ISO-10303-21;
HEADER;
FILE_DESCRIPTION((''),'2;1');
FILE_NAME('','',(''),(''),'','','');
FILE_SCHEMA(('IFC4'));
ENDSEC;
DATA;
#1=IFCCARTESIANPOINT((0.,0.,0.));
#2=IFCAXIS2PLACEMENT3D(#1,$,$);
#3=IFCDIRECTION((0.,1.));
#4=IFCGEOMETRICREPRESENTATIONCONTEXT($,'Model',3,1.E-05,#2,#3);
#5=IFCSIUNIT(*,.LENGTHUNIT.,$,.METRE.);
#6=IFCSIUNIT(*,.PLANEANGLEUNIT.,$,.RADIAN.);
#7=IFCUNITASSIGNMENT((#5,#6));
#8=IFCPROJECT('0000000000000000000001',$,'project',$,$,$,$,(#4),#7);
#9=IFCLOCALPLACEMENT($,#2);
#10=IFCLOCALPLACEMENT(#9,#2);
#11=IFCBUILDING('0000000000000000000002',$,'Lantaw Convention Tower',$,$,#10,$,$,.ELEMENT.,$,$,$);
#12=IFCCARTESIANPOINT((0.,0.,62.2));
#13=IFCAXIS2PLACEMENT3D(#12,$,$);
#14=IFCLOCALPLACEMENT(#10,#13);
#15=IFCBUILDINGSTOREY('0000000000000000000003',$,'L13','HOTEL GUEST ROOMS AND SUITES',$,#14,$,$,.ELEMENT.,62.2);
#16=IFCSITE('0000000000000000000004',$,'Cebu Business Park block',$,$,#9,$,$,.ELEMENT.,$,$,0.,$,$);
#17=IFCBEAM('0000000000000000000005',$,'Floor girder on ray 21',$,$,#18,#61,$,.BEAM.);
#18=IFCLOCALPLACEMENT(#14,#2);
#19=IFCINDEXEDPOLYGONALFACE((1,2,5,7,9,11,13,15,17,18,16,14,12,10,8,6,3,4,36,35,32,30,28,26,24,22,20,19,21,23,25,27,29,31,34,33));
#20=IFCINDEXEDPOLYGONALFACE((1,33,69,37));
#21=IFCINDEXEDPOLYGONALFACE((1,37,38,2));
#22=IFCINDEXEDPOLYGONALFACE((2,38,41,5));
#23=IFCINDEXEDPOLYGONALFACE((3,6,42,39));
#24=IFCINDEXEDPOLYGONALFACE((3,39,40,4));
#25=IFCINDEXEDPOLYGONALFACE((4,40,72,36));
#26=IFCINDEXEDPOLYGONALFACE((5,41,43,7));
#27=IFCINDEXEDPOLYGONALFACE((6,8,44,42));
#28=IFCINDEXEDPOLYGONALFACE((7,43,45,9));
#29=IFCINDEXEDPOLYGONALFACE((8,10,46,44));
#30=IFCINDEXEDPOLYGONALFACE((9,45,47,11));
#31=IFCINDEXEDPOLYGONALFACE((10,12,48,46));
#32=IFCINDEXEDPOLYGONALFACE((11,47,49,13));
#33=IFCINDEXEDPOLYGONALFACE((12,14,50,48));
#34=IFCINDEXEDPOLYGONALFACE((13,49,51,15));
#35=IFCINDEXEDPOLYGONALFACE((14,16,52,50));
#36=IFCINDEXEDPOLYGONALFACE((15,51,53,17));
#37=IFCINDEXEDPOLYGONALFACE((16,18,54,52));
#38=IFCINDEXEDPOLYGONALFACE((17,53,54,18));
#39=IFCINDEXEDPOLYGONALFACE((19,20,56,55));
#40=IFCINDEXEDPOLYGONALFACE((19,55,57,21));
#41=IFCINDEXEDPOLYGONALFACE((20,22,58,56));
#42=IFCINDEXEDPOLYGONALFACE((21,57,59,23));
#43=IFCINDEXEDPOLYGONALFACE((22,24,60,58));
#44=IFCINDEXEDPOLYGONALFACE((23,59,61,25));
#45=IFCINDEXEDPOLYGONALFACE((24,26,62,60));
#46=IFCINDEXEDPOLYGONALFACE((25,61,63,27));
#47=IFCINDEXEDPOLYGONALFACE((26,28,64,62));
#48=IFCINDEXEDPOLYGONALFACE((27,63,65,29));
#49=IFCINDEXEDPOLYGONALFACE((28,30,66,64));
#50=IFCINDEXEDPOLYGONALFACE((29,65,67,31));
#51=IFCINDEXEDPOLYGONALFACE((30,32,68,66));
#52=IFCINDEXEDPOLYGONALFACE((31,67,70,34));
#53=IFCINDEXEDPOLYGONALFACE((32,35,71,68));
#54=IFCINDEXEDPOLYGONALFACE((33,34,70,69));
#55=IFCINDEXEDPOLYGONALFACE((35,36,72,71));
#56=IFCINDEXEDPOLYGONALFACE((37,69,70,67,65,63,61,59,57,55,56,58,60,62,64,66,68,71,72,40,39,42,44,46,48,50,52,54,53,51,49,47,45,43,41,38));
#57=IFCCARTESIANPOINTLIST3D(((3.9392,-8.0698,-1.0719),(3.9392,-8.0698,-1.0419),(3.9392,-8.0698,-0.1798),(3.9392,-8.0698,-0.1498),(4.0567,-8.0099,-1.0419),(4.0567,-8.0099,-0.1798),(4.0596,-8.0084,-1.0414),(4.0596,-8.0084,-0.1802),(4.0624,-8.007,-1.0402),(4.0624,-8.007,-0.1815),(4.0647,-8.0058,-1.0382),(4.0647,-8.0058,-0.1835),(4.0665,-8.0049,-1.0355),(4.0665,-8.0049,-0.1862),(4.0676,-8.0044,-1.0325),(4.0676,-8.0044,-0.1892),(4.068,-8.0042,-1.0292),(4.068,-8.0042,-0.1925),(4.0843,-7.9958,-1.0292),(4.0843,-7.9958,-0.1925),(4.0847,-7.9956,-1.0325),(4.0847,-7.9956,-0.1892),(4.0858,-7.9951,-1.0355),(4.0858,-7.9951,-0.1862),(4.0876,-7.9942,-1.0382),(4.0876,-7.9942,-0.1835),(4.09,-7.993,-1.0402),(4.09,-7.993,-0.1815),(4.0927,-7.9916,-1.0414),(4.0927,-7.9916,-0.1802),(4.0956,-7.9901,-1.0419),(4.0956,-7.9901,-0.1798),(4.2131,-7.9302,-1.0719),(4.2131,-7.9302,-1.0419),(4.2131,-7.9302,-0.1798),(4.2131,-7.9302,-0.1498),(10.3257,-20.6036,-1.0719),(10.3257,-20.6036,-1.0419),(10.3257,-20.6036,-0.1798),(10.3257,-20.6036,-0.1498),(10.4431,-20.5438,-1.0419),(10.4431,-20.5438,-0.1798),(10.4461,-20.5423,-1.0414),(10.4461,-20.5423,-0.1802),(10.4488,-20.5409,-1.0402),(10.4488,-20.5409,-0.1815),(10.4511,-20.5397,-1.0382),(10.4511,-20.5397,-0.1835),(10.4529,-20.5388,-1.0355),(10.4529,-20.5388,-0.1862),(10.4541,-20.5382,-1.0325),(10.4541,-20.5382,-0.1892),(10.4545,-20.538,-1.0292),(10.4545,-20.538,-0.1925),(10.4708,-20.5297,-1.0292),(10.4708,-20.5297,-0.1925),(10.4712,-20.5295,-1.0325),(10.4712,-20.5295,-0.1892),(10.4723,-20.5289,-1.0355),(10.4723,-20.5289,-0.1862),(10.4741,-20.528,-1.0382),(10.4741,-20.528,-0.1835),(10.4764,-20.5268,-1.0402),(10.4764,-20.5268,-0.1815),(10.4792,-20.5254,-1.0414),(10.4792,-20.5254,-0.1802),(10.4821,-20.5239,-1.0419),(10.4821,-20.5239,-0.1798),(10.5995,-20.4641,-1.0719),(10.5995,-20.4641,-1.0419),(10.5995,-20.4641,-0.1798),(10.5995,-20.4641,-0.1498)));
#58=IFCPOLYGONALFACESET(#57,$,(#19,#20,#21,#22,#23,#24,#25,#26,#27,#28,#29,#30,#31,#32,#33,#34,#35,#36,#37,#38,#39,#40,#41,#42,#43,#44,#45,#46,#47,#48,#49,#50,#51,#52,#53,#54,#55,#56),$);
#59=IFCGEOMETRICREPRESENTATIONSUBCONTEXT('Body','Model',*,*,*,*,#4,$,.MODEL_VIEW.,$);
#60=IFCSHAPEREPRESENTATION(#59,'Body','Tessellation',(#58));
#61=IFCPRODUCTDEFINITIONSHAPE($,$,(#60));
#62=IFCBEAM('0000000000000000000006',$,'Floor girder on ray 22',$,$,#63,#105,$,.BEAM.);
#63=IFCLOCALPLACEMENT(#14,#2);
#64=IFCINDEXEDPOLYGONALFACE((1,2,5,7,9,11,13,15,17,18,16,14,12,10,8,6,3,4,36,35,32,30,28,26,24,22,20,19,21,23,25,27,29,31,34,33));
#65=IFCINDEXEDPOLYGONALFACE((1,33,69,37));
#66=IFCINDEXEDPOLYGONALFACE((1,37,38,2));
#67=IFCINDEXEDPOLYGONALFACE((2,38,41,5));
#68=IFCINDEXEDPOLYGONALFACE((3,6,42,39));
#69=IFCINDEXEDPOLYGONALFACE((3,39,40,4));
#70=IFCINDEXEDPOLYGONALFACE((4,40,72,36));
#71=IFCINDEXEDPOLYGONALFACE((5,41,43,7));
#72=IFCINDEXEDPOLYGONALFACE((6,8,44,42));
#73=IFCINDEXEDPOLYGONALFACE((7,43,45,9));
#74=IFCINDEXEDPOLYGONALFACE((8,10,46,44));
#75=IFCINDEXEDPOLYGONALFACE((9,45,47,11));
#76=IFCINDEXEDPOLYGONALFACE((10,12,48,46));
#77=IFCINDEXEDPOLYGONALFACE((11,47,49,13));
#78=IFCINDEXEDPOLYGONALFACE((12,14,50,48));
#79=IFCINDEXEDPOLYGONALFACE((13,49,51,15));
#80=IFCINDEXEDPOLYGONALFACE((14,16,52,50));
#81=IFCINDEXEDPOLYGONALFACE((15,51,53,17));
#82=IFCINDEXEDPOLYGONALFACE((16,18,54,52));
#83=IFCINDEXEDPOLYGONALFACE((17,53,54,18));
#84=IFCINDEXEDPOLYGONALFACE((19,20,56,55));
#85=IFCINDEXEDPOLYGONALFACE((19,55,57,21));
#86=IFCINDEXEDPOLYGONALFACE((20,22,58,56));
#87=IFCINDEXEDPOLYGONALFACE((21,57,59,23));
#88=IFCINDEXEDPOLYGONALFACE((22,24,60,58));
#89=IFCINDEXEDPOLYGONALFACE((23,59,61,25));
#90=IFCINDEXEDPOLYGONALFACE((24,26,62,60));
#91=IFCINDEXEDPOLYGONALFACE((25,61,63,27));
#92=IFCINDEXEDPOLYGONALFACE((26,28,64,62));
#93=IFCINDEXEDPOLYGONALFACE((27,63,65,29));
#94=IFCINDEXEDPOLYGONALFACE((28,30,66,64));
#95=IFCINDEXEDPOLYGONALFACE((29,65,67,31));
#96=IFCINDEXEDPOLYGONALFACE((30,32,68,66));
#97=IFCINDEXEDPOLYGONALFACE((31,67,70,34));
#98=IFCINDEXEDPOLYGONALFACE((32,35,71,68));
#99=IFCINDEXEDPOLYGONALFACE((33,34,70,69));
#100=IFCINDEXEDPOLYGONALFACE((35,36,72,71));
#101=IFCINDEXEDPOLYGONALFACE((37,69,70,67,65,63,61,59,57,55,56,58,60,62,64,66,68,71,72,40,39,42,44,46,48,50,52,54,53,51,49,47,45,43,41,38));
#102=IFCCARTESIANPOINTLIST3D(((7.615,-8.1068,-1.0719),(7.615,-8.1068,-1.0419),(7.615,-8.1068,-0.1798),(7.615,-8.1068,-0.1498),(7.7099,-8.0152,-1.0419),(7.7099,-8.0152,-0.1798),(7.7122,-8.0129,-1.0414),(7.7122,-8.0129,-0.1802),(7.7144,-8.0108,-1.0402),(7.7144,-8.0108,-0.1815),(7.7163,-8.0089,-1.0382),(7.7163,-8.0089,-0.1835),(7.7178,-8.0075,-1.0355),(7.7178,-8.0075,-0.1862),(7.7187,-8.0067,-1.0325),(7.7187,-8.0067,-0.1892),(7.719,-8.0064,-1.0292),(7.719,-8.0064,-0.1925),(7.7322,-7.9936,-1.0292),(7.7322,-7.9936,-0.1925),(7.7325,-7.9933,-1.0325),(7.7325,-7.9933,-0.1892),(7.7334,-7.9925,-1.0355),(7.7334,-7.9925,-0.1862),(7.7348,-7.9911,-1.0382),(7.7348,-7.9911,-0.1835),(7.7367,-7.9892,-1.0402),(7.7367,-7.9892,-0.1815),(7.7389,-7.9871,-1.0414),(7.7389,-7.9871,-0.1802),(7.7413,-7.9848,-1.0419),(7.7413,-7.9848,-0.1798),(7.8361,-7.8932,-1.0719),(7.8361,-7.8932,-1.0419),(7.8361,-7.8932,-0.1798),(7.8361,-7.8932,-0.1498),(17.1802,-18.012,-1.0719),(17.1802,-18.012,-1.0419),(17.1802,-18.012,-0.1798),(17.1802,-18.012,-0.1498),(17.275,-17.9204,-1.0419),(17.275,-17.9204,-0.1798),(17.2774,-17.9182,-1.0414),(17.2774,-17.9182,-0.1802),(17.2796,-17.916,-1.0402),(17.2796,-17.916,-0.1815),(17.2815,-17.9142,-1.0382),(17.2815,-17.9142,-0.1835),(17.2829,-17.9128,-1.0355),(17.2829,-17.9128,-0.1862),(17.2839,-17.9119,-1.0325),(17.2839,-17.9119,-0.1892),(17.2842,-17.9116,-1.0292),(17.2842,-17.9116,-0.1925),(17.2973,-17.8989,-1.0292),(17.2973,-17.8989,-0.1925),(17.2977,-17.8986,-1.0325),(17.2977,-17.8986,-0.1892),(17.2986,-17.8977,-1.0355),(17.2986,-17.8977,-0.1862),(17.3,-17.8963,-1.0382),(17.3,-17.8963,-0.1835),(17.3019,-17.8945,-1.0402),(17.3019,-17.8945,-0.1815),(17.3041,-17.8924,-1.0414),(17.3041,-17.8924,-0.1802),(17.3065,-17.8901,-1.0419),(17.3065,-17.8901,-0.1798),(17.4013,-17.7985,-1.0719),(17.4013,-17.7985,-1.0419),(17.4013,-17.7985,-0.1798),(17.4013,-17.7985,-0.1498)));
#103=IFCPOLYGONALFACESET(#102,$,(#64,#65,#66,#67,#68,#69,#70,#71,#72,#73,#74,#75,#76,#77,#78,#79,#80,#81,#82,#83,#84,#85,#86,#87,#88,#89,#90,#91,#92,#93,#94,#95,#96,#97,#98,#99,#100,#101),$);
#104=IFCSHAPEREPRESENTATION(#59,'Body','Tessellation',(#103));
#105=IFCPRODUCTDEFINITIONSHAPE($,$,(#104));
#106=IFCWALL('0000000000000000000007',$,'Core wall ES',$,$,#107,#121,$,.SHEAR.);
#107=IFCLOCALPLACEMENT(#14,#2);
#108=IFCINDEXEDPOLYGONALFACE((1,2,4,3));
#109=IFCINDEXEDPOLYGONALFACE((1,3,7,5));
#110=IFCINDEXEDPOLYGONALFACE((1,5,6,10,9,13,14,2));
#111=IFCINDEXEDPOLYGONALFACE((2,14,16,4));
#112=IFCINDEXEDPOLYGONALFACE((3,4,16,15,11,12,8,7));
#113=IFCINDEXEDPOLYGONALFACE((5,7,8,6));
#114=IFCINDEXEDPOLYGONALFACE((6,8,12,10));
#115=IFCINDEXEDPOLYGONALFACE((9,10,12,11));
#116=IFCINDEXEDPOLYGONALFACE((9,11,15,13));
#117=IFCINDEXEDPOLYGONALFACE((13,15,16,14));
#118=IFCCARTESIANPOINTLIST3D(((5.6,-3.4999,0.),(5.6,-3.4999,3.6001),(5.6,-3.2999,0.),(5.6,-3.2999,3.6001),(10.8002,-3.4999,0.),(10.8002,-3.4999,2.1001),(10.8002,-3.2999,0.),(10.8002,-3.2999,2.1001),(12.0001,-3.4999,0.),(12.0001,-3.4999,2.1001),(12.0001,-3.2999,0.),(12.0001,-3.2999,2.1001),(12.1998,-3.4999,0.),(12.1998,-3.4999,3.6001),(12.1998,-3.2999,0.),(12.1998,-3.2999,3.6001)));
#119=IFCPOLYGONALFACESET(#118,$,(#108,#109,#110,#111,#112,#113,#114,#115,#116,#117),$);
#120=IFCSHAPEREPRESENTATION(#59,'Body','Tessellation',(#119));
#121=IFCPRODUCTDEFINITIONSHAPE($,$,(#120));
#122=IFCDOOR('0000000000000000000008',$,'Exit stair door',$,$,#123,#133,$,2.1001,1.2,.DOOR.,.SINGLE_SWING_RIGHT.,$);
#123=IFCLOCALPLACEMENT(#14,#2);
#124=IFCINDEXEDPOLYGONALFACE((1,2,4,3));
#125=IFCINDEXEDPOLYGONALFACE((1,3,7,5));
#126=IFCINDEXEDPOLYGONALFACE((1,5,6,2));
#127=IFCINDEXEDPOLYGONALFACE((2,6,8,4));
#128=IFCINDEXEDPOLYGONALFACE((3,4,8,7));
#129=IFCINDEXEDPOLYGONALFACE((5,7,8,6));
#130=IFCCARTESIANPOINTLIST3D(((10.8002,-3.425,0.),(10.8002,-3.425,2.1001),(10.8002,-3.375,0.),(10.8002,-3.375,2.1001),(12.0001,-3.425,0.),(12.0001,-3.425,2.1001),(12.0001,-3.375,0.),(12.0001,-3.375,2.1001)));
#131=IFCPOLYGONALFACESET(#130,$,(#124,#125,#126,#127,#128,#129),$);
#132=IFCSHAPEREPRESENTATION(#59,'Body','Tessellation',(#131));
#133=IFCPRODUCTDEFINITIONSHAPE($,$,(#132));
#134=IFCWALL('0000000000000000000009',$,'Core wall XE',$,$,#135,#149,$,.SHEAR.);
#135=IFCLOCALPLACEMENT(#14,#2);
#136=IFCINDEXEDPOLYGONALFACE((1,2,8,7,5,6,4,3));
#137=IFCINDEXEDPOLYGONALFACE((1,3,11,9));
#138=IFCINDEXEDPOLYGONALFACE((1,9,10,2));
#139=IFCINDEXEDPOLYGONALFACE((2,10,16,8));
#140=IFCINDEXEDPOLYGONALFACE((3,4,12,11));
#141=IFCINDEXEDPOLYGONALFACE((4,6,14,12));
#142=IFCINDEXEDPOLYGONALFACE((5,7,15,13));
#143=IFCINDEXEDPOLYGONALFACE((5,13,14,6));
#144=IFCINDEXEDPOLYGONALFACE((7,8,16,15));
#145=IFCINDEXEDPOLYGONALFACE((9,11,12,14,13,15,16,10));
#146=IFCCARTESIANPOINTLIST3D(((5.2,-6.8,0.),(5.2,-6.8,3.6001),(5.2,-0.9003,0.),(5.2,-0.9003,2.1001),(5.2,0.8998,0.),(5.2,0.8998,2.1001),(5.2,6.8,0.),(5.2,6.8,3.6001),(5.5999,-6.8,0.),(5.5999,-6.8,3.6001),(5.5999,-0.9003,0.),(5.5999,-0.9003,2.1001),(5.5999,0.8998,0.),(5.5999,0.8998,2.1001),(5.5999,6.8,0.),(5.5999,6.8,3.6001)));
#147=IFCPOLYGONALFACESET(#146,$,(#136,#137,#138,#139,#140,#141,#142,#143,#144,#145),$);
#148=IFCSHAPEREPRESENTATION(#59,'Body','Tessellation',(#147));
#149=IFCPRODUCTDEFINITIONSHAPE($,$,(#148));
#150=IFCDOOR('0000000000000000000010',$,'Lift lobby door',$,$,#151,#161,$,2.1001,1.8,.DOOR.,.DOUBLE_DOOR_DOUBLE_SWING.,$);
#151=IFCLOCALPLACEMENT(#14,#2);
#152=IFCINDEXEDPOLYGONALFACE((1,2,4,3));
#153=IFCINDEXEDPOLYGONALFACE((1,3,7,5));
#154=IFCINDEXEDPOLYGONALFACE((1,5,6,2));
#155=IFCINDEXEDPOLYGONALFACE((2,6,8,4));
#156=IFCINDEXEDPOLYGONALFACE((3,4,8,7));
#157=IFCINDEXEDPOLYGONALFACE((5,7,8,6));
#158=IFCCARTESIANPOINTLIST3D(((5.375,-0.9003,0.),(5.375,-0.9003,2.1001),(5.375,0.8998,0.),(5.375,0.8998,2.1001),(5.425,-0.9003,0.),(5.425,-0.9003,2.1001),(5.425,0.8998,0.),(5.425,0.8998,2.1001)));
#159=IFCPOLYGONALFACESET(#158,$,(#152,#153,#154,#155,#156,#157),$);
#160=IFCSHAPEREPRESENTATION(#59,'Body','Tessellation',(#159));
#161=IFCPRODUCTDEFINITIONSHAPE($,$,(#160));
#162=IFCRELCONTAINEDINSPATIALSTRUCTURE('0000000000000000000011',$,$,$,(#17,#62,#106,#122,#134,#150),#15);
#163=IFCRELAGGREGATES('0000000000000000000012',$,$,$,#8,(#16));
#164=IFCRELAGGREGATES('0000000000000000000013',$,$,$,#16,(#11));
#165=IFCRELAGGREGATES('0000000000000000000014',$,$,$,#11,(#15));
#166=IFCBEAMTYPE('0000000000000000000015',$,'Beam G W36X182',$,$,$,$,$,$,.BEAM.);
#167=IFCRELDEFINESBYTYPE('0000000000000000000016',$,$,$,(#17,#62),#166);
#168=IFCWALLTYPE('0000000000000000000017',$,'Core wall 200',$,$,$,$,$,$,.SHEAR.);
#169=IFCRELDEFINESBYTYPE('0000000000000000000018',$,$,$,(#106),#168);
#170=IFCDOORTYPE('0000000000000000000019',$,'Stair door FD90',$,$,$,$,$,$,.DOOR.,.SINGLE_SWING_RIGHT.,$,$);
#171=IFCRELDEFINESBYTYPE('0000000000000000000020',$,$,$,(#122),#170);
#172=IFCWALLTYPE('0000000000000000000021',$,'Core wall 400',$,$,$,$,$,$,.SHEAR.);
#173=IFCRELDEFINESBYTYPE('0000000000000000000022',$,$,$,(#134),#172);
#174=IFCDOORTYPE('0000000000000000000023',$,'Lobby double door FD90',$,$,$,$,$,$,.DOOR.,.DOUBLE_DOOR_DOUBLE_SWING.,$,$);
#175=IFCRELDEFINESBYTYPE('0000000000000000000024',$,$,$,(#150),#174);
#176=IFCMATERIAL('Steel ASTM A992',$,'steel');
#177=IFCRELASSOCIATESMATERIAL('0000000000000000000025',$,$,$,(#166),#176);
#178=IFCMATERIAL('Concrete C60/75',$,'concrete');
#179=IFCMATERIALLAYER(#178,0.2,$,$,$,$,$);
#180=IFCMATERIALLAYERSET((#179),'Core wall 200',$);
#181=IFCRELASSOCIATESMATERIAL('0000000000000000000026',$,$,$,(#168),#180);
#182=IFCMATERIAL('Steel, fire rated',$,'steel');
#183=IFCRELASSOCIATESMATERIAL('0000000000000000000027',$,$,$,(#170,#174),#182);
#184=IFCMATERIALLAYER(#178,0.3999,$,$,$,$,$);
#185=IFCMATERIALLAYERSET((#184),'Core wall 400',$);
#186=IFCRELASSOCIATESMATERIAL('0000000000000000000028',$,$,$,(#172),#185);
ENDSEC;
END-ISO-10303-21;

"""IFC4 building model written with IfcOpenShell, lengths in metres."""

from ifc_helpers import new_model, si_unit, direction, frame, frame_2d, origin, origin_2d, place, context, subcontext, project, spatial, rectangle, i_section, extrude, material, layer, layer_set, material_profile, profile_set, type_object, element, fill, save


model = new_model("IFC4")

# Units and contexts
model_context = context("Model", 3, precision=1e-05, world=origin(), true_north=direction((0.0, 1.0)))
body_context = subcontext(model_context, "Body", "Model", "MODEL_VIEW")
ifc_project = project(units=[si_unit("LENGTHUNIT", "METRE"), si_unit("PLANEANGLEUNIT", "RADIAN")], contexts=[model_context])

# Site, building, storey
site_placement = place(None, origin())
site = spatial("IfcSite", under=ifc_project, at=site_placement, Name="Cebu Business Park block", CompositionType="ELEMENT", RefElevation=0.0)
building_placement = place(site_placement, origin())
building = spatial("IfcBuilding", under=site, at=building_placement, Name="Lantaw Convention Tower", CompositionType="ELEMENT")
storey_placement = place(building_placement, frame((0.0, 0.0, 62.2)))
storey = spatial("IfcBuildingStorey", under=building, at=storey_placement, Name="L13", Description="HOTEL GUEST ROOMS AND SUITES", CompositionType="ELEMENT", Elevation=62.2)

# Beams
ifc_material_1 = material(Name="Steel ASTM A992", Category="steel")
ifc_material_profile = material_profile(ifc_material_1, i_section(OverallWidth=0.3074, OverallDepth=0.9221, WebThickness=0.0183, FlangeThickness=0.03, FilletRadius=0.0127, at=origin_2d()), Name="W36X182")
ifc_profile_set = profile_set([ifc_material_profile], Name="Steel ASTM A992")
beam_type = type_object("IfcBeamType", Name="Beam G W36X182", PredefinedType="BEAM", material=ifc_profile_set)
beam_1_placement = place(storey_placement, frame((4.0762, -8.0, -0.6108), z_axis=(0.453997, -0.891003, 0.0), x_axis=(0.891003, 0.453997, 0.0)))
element("IfcBeam", 1, at=beam_1_placement, inside=storey, type_object=beam_type, Name="Floor girder on ray 21", PredefinedType="BEAM", context=body_context, shape_type="SweptSolid", body=[
    extrude(i_section(OverallWidth=0.3074, OverallDepth=0.9221, WebThickness=0.0183, FlangeThickness=0.03, FilletRadius=0.0127, at=origin_2d()), origin(), (0.0, 0.0, 1.0), 14.0671),
])
beam_2_placement = place(storey_placement, frame((7.7256, -8.0, -0.6108), z_axis=(0.69465, -0.719348, 0.0), x_axis=(0.719348, 0.69465, 0.0)))
element("IfcBeam", 2, at=beam_2_placement, inside=storey, type_object=beam_type, Name="Floor girder on ray 22", PredefinedType="BEAM", context=body_context, shape_type="SweptSolid", body=[
    extrude(i_section(OverallWidth=0.3074, OverallDepth=0.9221, WebThickness=0.0183, FlangeThickness=0.03, FilletRadius=0.0127, at=origin_2d()), origin(), (0.0, 0.0, 1.0), 13.7698),
])

# Walls, openings, doors
ifc_material_2 = material(Name="Concrete C60/75", Category="concrete")
ifc_layer_1 = layer(ifc_material_2, 0.2)
ifc_layer_set_1 = layer_set([ifc_layer_1], Name="Core wall 200")
wall_type_1 = type_object("IfcWallType", Name="Core wall 200", PredefinedType="SHEAR", material=ifc_layer_set_1)
wall_1_placement = place(storey_placement, frame((5.6001, -3.3999, 0.0), z_axis=(0.0, 0.0, 1.0), x_axis=(1.0, 0.0, 0.0)))
wall_1 = element("IfcWall", 3, at=wall_1_placement, inside=storey, type_object=wall_type_1, Name="Core wall ES", PredefinedType="SHEAR", context=body_context, shape_type="SweptSolid", body=[
    extrude(rectangle(XDim=6.5999, YDim=0.2, at=frame_2d((3.2998, 0.0))), origin(), (0.0, 0.0, 1.0), 3.6001),
])
opening_1_placement = place(wall_1_placement, frame((5.2, 0.0, 0.0)))
opening_1 = element("IfcOpeningElement", 4, at=opening_1_placement, cuts=wall_1, PredefinedType="OPENING", context=body_context, shape_type="SweptSolid", body=[
    extrude(rectangle(XDim=1.2, YDim=2.1001, at=frame_2d((0.6001, 1.05))), frame((0.0, 0.1099, 0.0), z_axis=(0.0, -1.0, 0.0), x_axis=(1.0, 0.0, 0.0)), (0.0, 0.0, 1.0), 0.22),
])
ifc_material_3 = material(Name="Steel, fire rated", Category="steel")
door_type_1 = type_object("IfcDoorType", Name="Stair door FD90", OperationType="SINGLE_SWING_RIGHT", PredefinedType="DOOR", material=ifc_material_3)
door_1_placement = place(opening_1_placement, origin())
door_1 = element("IfcDoor", 5, at=door_1_placement, inside=storey, type_object=door_type_1, Name="Exit stair door", OperationType="SINGLE_SWING_RIGHT", OverallHeight=2.1001, OverallWidth=1.2, PredefinedType="DOOR", context=body_context, shape_type="SweptSolid", body=[
    extrude(rectangle(XDim=1.2, YDim=2.1001, at=frame_2d((0.6001, 1.05))), frame((0.0, 0.0249, 0.0), z_axis=(0.0, -1.0, 0.0), x_axis=(1.0, 0.0, 0.0)), (0.0, 0.0, 1.0), 0.05),
])
fill(opening_1, door_1)
ifc_layer_2 = layer(ifc_material_2, 0.3999)
ifc_layer_set_2 = layer_set([ifc_layer_2], Name="Core wall 400")
wall_type_2 = type_object("IfcWallType", Name="Core wall 400", PredefinedType="SHEAR", material=ifc_layer_set_2)
wall_2_placement = place(storey_placement, frame((5.3999, -6.8, 0.0), z_axis=(0.0, 0.0, 1.0), x_axis=(0.0, 1.0, 0.0)))
wall_2 = element("IfcWall", 6, at=wall_2_placement, inside=storey, type_object=wall_type_2, Name="Core wall XE", PredefinedType="SHEAR", context=body_context, shape_type="SweptSolid", body=[
    extrude(rectangle(XDim=13.6001, YDim=0.3999, at=frame_2d((6.8, 0.0))), origin(), (0.0, 0.0, 1.0), 3.6001),
])
opening_2_placement = place(wall_2_placement, frame((5.8999, 0.0, 0.0)))
opening_2 = element("IfcOpeningElement", 7, at=opening_2_placement, cuts=wall_2, PredefinedType="OPENING", context=body_context, shape_type="SweptSolid", body=[
    extrude(rectangle(XDim=1.8, YDim=2.1001, at=frame_2d((0.8999, 1.05))), frame((0.0, 0.21, 0.0), z_axis=(0.0, -1.0, 0.0), x_axis=(1.0, 0.0, 0.0)), (0.0, 0.0, 1.0), 0.4199),
])
door_type_2 = type_object("IfcDoorType", Name="Lobby double door FD90", OperationType="DOUBLE_DOOR_DOUBLE_SWING", PredefinedType="DOOR", material=ifc_material_3)
door_2_placement = place(opening_2_placement, origin())
door_2 = element("IfcDoor", 8, at=door_2_placement, inside=storey, type_object=door_type_2, Name="Lift lobby door", OperationType="DOUBLE_DOOR_DOUBLE_SWING", OverallHeight=2.1001, OverallWidth=1.8, PredefinedType="DOOR", context=body_context, shape_type="SweptSolid", body=[
    extrude(rectangle(XDim=1.8, YDim=2.1001, at=frame_2d((0.8999, 1.05))), frame((0.0, 0.0249, 0.0), z_axis=(0.0, -1.0, 0.0), x_axis=(1.0, 0.0, 0.0)), (0.0, 0.0, 1.0), 0.05),
])
fill(opening_2, door_2)

save(model, "model.ifc")
